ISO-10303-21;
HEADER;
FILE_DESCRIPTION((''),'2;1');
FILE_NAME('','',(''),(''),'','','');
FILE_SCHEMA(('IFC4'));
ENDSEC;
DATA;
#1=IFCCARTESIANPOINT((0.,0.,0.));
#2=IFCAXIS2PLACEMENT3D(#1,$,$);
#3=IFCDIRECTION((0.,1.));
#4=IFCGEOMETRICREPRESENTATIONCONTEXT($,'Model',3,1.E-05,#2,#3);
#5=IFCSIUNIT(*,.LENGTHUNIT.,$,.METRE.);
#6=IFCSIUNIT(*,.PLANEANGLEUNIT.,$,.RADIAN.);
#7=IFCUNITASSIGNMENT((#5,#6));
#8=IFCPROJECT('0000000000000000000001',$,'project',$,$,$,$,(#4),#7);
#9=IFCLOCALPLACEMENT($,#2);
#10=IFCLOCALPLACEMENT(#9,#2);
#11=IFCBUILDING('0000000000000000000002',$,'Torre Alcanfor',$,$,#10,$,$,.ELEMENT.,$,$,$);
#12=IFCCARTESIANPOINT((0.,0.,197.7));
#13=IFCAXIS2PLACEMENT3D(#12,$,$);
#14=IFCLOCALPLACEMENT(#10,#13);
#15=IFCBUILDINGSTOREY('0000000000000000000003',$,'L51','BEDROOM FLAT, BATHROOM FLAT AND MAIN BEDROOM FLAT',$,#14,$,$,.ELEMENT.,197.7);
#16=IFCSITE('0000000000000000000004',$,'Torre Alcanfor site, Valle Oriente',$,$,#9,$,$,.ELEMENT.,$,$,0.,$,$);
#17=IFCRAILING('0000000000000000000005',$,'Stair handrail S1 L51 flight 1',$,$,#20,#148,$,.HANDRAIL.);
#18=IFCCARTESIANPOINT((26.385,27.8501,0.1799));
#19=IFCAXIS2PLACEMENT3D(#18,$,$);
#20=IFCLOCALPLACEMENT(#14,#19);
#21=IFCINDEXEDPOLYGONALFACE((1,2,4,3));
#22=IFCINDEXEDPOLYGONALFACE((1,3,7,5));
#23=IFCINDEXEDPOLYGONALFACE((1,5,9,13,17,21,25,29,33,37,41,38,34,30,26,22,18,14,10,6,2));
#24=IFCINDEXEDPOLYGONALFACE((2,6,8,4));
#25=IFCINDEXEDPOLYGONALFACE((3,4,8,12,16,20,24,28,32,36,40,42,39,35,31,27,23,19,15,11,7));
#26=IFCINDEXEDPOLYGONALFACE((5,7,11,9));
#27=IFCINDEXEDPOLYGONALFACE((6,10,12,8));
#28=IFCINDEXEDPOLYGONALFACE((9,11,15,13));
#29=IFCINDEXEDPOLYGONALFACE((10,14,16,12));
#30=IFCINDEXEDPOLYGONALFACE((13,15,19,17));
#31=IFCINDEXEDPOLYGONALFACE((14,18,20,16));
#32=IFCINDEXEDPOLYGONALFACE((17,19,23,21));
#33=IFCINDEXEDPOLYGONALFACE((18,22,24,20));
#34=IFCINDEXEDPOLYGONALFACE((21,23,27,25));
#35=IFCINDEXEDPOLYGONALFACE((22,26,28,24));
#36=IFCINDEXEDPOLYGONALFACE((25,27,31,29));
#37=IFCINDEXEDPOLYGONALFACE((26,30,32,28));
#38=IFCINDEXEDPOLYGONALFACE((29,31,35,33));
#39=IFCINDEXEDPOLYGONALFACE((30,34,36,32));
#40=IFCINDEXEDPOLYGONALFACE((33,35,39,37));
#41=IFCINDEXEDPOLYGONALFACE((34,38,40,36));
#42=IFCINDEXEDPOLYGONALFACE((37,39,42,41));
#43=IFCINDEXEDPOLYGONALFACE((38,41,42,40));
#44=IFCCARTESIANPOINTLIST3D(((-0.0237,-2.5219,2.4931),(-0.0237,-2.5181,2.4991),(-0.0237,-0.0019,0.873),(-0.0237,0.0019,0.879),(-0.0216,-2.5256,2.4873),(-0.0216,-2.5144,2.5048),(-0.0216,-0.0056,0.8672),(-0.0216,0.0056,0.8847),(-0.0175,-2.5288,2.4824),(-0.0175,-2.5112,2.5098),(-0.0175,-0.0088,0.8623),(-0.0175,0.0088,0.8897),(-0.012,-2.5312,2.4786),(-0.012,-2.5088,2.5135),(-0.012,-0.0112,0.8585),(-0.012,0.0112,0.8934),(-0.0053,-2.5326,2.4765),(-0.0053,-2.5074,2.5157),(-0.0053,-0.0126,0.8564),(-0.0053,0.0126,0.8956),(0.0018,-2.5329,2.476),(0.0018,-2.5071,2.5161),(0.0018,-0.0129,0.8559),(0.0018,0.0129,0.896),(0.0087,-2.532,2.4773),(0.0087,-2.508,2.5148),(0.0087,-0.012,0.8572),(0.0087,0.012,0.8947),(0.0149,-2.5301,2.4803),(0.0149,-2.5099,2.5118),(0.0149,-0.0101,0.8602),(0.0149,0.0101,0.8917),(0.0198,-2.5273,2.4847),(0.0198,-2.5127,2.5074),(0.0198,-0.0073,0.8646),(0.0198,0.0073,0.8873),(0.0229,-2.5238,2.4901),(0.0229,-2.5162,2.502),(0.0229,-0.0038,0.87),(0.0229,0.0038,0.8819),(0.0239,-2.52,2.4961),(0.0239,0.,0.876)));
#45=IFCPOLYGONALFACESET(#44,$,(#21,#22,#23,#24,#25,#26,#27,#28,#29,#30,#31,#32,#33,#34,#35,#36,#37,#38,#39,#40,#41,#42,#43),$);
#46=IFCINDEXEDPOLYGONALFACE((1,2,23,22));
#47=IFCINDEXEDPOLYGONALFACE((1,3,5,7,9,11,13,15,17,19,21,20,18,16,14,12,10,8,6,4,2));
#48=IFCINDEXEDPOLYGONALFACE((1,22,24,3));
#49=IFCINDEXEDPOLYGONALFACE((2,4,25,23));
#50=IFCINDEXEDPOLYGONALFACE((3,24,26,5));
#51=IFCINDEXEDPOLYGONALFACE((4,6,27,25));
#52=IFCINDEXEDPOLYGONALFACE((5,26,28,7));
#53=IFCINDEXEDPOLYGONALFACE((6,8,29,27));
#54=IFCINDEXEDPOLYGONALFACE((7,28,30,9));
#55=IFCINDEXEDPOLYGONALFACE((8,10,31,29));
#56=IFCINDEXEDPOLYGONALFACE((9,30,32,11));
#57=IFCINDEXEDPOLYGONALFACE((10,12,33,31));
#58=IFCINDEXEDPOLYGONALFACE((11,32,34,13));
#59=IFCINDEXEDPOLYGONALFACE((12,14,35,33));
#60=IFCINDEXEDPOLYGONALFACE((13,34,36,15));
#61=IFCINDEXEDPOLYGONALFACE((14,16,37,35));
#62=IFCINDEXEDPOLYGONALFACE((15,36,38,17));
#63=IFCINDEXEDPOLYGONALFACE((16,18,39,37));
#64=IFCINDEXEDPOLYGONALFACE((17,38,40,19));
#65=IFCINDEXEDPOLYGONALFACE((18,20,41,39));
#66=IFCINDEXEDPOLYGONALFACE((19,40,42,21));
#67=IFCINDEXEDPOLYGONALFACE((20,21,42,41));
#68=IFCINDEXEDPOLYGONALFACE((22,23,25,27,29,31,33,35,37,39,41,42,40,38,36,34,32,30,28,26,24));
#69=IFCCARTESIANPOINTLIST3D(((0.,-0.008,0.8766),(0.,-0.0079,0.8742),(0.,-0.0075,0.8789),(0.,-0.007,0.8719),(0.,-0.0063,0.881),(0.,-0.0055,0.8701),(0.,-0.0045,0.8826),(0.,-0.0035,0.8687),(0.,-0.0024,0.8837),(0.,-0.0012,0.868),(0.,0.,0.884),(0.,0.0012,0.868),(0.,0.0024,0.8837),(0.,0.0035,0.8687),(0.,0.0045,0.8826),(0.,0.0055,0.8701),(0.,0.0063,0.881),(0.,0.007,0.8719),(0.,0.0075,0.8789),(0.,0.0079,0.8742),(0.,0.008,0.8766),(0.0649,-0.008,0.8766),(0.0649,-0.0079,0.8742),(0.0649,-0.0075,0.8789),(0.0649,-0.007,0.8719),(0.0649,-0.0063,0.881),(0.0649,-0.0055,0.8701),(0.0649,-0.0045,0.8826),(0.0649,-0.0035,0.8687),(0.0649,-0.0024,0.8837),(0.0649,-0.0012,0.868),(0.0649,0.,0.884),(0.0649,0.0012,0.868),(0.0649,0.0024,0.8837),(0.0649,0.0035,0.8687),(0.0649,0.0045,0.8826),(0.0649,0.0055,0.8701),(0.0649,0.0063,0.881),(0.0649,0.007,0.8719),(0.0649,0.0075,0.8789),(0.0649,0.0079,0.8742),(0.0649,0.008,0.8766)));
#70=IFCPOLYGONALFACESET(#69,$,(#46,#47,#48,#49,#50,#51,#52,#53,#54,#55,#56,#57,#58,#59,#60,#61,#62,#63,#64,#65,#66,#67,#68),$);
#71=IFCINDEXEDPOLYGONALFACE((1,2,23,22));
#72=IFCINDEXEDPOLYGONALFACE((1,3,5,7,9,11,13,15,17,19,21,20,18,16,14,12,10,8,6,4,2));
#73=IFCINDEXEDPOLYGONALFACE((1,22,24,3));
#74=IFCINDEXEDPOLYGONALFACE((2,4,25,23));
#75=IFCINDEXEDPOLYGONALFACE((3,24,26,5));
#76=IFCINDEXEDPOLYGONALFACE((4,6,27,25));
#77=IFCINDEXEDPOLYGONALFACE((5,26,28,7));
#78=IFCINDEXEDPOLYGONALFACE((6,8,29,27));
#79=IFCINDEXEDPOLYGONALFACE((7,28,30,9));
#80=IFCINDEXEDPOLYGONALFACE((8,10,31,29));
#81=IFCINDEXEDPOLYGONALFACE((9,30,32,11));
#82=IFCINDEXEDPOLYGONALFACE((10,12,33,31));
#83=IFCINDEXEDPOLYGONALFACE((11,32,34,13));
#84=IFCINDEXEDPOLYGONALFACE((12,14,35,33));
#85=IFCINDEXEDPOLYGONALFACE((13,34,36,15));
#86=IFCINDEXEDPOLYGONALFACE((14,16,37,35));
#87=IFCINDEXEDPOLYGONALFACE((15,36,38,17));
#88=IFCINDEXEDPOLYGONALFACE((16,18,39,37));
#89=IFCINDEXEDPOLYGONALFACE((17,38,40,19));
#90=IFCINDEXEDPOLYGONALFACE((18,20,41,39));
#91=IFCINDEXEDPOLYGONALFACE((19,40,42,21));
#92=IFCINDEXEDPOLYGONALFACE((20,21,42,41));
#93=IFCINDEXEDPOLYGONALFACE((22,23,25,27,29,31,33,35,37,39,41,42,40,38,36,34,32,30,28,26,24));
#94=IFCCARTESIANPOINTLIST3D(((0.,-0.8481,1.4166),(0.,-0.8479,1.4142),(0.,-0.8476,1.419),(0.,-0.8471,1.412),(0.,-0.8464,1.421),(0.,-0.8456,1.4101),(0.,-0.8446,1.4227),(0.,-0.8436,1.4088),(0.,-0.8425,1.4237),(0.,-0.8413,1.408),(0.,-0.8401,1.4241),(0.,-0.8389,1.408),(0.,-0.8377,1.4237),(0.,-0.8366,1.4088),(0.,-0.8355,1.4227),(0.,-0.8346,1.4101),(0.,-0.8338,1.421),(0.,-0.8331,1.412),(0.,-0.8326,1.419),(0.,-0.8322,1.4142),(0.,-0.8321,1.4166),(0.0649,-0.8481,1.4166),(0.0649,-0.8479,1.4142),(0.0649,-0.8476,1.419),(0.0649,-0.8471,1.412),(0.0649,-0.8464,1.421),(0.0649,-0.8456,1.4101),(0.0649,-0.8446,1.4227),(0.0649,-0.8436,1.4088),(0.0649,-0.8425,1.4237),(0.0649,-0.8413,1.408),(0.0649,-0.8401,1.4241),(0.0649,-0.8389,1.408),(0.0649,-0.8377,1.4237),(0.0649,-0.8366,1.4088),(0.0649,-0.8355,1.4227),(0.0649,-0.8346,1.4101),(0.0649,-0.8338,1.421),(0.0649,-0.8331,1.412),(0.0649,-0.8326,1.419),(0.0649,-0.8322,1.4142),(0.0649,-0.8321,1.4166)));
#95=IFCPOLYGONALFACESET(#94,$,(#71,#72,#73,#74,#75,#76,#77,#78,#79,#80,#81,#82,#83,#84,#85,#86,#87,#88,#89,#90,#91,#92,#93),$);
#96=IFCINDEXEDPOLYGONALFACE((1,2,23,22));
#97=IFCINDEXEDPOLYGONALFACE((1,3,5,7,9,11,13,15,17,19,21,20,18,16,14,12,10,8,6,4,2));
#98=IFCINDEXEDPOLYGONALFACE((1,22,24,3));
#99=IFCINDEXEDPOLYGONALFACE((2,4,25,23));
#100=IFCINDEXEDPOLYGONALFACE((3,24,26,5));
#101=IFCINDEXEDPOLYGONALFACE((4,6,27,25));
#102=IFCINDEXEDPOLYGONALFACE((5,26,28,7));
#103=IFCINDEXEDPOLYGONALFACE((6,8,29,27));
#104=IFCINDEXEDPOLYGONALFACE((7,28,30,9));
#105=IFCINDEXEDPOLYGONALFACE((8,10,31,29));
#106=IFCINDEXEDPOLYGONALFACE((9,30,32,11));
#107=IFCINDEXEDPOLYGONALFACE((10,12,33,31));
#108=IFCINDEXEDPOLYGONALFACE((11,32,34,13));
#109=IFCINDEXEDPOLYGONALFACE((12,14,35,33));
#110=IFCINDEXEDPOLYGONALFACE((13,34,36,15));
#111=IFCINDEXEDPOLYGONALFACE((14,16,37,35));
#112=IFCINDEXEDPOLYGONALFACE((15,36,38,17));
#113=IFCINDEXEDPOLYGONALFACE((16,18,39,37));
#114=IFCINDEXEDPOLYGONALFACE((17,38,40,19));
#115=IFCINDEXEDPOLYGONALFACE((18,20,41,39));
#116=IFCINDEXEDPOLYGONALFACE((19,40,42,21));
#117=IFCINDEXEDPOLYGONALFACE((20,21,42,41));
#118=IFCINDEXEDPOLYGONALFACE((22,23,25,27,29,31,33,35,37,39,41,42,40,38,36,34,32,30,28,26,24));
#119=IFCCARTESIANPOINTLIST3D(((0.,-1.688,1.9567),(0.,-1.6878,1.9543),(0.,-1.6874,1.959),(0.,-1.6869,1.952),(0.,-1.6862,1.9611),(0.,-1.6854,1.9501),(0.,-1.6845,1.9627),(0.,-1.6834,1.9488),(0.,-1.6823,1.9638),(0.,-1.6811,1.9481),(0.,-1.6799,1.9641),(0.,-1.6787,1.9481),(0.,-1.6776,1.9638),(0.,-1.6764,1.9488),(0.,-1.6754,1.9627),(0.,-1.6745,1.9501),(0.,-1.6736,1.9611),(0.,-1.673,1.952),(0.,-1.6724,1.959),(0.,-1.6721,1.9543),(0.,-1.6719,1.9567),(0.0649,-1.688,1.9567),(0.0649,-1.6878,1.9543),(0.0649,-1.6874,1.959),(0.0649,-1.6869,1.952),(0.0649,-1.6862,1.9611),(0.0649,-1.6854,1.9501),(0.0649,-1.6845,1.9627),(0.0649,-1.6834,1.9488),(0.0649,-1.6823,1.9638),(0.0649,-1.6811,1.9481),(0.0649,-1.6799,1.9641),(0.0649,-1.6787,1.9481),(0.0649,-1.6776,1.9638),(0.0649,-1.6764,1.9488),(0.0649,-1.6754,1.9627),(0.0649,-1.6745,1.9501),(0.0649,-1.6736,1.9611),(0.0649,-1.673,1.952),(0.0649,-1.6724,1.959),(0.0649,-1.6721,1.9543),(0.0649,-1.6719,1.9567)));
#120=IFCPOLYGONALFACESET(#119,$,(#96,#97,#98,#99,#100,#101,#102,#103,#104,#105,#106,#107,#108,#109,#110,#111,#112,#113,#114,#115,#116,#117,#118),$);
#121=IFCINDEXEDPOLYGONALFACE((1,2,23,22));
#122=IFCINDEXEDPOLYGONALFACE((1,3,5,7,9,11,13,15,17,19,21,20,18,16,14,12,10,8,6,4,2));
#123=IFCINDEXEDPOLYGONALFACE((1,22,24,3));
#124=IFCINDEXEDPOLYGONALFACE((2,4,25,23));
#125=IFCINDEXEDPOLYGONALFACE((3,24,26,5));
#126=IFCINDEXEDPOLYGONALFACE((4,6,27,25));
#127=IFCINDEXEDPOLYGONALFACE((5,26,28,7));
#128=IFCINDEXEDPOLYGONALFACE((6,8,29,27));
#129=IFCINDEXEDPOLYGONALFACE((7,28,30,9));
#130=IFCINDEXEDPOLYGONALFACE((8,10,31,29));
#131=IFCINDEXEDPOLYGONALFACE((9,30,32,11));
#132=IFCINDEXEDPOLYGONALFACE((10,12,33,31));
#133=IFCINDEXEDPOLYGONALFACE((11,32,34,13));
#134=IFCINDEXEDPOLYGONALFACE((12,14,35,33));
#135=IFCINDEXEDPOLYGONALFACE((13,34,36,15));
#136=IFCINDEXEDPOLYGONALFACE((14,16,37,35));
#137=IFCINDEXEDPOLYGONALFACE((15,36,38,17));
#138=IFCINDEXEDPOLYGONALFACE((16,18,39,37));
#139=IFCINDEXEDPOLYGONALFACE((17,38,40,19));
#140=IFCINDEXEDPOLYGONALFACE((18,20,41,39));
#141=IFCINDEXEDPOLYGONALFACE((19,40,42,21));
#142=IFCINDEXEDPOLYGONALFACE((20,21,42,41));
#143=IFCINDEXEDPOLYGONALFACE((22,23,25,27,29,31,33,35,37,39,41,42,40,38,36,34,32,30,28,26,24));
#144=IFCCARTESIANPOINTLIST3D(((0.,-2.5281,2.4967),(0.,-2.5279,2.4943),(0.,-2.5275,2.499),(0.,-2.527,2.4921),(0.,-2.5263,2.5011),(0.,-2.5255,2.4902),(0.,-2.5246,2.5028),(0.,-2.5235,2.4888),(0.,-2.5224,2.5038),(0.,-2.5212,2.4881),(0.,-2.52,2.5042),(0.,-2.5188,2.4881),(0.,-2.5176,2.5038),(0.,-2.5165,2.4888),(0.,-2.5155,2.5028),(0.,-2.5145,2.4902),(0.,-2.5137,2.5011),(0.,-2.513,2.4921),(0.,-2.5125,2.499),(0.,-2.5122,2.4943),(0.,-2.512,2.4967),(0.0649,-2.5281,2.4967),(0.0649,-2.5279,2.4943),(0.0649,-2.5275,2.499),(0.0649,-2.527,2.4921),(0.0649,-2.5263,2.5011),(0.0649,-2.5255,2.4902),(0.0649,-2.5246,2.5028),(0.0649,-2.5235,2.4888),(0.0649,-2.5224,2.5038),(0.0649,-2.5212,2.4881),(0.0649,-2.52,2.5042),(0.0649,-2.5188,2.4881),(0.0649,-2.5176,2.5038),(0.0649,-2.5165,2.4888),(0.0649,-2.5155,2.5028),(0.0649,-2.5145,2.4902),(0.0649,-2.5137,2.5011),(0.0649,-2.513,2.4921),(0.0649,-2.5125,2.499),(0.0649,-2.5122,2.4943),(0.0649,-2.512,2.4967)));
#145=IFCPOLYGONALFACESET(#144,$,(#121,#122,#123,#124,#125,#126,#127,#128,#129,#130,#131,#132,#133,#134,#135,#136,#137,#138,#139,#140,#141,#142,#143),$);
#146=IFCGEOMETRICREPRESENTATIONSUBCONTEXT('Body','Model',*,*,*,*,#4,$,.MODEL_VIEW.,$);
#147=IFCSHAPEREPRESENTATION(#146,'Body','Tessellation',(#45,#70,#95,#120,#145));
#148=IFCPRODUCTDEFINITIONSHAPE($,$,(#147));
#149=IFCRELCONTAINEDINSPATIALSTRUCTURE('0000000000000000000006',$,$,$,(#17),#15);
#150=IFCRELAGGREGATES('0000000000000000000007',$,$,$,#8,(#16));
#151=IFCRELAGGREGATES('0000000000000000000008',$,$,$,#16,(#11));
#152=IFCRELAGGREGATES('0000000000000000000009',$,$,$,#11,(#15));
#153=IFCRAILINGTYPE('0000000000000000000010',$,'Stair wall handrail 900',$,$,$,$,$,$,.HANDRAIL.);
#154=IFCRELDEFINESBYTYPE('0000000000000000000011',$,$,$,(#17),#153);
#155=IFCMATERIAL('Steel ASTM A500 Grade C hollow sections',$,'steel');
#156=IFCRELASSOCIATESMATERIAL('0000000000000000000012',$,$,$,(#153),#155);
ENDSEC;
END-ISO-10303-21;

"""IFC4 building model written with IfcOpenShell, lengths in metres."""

from ifc_helpers import new_model, si_unit, direction, frame, origin, origin_2d, place, context, subcontext, project, spatial, circle, extrude, material, type_object, element, save


model = new_model("IFC4")

# Units and contexts
model_context = context("Model", 3, precision=1e-05, world=origin(), true_north=direction((0.0, 1.0)))
body_context = subcontext(model_context, "Body", "Model", "MODEL_VIEW")
ifc_project = project(units=[si_unit("LENGTHUNIT", "METRE"), si_unit("PLANEANGLEUNIT", "RADIAN")], contexts=[model_context])

# Site, building, storey
site_placement = place(None, origin())
site = spatial("IfcSite", under=ifc_project, at=site_placement, Name="Torre Alcanfor site, Valle Oriente", CompositionType="ELEMENT", RefElevation=0.0)
building_placement = place(site_placement, origin())
building = spatial("IfcBuilding", under=site, at=building_placement, Name="Torre Alcanfor", CompositionType="ELEMENT")
storey_placement = place(building_placement, frame((0.0, 0.0, 197.7)))
storey = spatial("IfcBuildingStorey", under=building, at=storey_placement, Name="L51", Description="BEDROOM FLAT, BATHROOM FLAT AND MAIN BEDROOM FLAT", CompositionType="ELEMENT", Elevation=197.7)

# Railing
ifc_material_1 = material(Name="Steel ASTM A500 Grade C hollow sections", Category="steel")
railing_type = type_object("IfcRailingType", Name="Stair wall handrail 900", PredefinedType="HANDRAIL", material=ifc_material_1)
railing_placement = place(storey_placement, frame((26.385, 27.8501, 0.1799)))
element("IfcRailing", 1, at=railing_placement, inside=storey, type_object=railing_type, Name="Stair handrail S1 L51 flight 1", PredefinedType="HANDRAIL", context=body_context, shape_type="SweptSolid", body=[
    extrude(circle(Radius=0.0239, at=origin_2d()), frame((0.0, 0.0, 0.876), z_axis=(0.0, -0.841163, 0.540782), x_axis=(1.0, 0.0, 0.0)), (0.0, 0.0, 1.0), 2.9958),
    extrude(circle(Radius=0.0081, at=origin_2d()), frame((0.0, 0.0, 0.876), z_axis=(1.0, 0.0, 0.0), x_axis=(0.0, 0.0, 1.0)), (0.0, 0.0, 1.0), 0.0649),
    extrude(circle(Radius=0.0081, at=origin_2d()), frame((0.0, -0.8401, 1.416), z_axis=(1.0, 0.0, 0.0), x_axis=(0.0, 0.0, 1.0)), (0.0, 0.0, 1.0), 0.0649),
    extrude(circle(Radius=0.0081, at=origin_2d()), frame((0.0, -1.6799, 1.9561), z_axis=(1.0, 0.0, 0.0), x_axis=(0.0, 0.0, 1.0)), (0.0, 0.0, 1.0), 0.0649),
    extrude(circle(Radius=0.0081, at=origin_2d()), frame((0.0, -2.52, 2.4961), z_axis=(1.0, 0.0, 0.0), x_axis=(0.0, 0.0, 1.0)), (0.0, 0.0, 1.0), 0.0649),
])

save(model, "model.ifc")
